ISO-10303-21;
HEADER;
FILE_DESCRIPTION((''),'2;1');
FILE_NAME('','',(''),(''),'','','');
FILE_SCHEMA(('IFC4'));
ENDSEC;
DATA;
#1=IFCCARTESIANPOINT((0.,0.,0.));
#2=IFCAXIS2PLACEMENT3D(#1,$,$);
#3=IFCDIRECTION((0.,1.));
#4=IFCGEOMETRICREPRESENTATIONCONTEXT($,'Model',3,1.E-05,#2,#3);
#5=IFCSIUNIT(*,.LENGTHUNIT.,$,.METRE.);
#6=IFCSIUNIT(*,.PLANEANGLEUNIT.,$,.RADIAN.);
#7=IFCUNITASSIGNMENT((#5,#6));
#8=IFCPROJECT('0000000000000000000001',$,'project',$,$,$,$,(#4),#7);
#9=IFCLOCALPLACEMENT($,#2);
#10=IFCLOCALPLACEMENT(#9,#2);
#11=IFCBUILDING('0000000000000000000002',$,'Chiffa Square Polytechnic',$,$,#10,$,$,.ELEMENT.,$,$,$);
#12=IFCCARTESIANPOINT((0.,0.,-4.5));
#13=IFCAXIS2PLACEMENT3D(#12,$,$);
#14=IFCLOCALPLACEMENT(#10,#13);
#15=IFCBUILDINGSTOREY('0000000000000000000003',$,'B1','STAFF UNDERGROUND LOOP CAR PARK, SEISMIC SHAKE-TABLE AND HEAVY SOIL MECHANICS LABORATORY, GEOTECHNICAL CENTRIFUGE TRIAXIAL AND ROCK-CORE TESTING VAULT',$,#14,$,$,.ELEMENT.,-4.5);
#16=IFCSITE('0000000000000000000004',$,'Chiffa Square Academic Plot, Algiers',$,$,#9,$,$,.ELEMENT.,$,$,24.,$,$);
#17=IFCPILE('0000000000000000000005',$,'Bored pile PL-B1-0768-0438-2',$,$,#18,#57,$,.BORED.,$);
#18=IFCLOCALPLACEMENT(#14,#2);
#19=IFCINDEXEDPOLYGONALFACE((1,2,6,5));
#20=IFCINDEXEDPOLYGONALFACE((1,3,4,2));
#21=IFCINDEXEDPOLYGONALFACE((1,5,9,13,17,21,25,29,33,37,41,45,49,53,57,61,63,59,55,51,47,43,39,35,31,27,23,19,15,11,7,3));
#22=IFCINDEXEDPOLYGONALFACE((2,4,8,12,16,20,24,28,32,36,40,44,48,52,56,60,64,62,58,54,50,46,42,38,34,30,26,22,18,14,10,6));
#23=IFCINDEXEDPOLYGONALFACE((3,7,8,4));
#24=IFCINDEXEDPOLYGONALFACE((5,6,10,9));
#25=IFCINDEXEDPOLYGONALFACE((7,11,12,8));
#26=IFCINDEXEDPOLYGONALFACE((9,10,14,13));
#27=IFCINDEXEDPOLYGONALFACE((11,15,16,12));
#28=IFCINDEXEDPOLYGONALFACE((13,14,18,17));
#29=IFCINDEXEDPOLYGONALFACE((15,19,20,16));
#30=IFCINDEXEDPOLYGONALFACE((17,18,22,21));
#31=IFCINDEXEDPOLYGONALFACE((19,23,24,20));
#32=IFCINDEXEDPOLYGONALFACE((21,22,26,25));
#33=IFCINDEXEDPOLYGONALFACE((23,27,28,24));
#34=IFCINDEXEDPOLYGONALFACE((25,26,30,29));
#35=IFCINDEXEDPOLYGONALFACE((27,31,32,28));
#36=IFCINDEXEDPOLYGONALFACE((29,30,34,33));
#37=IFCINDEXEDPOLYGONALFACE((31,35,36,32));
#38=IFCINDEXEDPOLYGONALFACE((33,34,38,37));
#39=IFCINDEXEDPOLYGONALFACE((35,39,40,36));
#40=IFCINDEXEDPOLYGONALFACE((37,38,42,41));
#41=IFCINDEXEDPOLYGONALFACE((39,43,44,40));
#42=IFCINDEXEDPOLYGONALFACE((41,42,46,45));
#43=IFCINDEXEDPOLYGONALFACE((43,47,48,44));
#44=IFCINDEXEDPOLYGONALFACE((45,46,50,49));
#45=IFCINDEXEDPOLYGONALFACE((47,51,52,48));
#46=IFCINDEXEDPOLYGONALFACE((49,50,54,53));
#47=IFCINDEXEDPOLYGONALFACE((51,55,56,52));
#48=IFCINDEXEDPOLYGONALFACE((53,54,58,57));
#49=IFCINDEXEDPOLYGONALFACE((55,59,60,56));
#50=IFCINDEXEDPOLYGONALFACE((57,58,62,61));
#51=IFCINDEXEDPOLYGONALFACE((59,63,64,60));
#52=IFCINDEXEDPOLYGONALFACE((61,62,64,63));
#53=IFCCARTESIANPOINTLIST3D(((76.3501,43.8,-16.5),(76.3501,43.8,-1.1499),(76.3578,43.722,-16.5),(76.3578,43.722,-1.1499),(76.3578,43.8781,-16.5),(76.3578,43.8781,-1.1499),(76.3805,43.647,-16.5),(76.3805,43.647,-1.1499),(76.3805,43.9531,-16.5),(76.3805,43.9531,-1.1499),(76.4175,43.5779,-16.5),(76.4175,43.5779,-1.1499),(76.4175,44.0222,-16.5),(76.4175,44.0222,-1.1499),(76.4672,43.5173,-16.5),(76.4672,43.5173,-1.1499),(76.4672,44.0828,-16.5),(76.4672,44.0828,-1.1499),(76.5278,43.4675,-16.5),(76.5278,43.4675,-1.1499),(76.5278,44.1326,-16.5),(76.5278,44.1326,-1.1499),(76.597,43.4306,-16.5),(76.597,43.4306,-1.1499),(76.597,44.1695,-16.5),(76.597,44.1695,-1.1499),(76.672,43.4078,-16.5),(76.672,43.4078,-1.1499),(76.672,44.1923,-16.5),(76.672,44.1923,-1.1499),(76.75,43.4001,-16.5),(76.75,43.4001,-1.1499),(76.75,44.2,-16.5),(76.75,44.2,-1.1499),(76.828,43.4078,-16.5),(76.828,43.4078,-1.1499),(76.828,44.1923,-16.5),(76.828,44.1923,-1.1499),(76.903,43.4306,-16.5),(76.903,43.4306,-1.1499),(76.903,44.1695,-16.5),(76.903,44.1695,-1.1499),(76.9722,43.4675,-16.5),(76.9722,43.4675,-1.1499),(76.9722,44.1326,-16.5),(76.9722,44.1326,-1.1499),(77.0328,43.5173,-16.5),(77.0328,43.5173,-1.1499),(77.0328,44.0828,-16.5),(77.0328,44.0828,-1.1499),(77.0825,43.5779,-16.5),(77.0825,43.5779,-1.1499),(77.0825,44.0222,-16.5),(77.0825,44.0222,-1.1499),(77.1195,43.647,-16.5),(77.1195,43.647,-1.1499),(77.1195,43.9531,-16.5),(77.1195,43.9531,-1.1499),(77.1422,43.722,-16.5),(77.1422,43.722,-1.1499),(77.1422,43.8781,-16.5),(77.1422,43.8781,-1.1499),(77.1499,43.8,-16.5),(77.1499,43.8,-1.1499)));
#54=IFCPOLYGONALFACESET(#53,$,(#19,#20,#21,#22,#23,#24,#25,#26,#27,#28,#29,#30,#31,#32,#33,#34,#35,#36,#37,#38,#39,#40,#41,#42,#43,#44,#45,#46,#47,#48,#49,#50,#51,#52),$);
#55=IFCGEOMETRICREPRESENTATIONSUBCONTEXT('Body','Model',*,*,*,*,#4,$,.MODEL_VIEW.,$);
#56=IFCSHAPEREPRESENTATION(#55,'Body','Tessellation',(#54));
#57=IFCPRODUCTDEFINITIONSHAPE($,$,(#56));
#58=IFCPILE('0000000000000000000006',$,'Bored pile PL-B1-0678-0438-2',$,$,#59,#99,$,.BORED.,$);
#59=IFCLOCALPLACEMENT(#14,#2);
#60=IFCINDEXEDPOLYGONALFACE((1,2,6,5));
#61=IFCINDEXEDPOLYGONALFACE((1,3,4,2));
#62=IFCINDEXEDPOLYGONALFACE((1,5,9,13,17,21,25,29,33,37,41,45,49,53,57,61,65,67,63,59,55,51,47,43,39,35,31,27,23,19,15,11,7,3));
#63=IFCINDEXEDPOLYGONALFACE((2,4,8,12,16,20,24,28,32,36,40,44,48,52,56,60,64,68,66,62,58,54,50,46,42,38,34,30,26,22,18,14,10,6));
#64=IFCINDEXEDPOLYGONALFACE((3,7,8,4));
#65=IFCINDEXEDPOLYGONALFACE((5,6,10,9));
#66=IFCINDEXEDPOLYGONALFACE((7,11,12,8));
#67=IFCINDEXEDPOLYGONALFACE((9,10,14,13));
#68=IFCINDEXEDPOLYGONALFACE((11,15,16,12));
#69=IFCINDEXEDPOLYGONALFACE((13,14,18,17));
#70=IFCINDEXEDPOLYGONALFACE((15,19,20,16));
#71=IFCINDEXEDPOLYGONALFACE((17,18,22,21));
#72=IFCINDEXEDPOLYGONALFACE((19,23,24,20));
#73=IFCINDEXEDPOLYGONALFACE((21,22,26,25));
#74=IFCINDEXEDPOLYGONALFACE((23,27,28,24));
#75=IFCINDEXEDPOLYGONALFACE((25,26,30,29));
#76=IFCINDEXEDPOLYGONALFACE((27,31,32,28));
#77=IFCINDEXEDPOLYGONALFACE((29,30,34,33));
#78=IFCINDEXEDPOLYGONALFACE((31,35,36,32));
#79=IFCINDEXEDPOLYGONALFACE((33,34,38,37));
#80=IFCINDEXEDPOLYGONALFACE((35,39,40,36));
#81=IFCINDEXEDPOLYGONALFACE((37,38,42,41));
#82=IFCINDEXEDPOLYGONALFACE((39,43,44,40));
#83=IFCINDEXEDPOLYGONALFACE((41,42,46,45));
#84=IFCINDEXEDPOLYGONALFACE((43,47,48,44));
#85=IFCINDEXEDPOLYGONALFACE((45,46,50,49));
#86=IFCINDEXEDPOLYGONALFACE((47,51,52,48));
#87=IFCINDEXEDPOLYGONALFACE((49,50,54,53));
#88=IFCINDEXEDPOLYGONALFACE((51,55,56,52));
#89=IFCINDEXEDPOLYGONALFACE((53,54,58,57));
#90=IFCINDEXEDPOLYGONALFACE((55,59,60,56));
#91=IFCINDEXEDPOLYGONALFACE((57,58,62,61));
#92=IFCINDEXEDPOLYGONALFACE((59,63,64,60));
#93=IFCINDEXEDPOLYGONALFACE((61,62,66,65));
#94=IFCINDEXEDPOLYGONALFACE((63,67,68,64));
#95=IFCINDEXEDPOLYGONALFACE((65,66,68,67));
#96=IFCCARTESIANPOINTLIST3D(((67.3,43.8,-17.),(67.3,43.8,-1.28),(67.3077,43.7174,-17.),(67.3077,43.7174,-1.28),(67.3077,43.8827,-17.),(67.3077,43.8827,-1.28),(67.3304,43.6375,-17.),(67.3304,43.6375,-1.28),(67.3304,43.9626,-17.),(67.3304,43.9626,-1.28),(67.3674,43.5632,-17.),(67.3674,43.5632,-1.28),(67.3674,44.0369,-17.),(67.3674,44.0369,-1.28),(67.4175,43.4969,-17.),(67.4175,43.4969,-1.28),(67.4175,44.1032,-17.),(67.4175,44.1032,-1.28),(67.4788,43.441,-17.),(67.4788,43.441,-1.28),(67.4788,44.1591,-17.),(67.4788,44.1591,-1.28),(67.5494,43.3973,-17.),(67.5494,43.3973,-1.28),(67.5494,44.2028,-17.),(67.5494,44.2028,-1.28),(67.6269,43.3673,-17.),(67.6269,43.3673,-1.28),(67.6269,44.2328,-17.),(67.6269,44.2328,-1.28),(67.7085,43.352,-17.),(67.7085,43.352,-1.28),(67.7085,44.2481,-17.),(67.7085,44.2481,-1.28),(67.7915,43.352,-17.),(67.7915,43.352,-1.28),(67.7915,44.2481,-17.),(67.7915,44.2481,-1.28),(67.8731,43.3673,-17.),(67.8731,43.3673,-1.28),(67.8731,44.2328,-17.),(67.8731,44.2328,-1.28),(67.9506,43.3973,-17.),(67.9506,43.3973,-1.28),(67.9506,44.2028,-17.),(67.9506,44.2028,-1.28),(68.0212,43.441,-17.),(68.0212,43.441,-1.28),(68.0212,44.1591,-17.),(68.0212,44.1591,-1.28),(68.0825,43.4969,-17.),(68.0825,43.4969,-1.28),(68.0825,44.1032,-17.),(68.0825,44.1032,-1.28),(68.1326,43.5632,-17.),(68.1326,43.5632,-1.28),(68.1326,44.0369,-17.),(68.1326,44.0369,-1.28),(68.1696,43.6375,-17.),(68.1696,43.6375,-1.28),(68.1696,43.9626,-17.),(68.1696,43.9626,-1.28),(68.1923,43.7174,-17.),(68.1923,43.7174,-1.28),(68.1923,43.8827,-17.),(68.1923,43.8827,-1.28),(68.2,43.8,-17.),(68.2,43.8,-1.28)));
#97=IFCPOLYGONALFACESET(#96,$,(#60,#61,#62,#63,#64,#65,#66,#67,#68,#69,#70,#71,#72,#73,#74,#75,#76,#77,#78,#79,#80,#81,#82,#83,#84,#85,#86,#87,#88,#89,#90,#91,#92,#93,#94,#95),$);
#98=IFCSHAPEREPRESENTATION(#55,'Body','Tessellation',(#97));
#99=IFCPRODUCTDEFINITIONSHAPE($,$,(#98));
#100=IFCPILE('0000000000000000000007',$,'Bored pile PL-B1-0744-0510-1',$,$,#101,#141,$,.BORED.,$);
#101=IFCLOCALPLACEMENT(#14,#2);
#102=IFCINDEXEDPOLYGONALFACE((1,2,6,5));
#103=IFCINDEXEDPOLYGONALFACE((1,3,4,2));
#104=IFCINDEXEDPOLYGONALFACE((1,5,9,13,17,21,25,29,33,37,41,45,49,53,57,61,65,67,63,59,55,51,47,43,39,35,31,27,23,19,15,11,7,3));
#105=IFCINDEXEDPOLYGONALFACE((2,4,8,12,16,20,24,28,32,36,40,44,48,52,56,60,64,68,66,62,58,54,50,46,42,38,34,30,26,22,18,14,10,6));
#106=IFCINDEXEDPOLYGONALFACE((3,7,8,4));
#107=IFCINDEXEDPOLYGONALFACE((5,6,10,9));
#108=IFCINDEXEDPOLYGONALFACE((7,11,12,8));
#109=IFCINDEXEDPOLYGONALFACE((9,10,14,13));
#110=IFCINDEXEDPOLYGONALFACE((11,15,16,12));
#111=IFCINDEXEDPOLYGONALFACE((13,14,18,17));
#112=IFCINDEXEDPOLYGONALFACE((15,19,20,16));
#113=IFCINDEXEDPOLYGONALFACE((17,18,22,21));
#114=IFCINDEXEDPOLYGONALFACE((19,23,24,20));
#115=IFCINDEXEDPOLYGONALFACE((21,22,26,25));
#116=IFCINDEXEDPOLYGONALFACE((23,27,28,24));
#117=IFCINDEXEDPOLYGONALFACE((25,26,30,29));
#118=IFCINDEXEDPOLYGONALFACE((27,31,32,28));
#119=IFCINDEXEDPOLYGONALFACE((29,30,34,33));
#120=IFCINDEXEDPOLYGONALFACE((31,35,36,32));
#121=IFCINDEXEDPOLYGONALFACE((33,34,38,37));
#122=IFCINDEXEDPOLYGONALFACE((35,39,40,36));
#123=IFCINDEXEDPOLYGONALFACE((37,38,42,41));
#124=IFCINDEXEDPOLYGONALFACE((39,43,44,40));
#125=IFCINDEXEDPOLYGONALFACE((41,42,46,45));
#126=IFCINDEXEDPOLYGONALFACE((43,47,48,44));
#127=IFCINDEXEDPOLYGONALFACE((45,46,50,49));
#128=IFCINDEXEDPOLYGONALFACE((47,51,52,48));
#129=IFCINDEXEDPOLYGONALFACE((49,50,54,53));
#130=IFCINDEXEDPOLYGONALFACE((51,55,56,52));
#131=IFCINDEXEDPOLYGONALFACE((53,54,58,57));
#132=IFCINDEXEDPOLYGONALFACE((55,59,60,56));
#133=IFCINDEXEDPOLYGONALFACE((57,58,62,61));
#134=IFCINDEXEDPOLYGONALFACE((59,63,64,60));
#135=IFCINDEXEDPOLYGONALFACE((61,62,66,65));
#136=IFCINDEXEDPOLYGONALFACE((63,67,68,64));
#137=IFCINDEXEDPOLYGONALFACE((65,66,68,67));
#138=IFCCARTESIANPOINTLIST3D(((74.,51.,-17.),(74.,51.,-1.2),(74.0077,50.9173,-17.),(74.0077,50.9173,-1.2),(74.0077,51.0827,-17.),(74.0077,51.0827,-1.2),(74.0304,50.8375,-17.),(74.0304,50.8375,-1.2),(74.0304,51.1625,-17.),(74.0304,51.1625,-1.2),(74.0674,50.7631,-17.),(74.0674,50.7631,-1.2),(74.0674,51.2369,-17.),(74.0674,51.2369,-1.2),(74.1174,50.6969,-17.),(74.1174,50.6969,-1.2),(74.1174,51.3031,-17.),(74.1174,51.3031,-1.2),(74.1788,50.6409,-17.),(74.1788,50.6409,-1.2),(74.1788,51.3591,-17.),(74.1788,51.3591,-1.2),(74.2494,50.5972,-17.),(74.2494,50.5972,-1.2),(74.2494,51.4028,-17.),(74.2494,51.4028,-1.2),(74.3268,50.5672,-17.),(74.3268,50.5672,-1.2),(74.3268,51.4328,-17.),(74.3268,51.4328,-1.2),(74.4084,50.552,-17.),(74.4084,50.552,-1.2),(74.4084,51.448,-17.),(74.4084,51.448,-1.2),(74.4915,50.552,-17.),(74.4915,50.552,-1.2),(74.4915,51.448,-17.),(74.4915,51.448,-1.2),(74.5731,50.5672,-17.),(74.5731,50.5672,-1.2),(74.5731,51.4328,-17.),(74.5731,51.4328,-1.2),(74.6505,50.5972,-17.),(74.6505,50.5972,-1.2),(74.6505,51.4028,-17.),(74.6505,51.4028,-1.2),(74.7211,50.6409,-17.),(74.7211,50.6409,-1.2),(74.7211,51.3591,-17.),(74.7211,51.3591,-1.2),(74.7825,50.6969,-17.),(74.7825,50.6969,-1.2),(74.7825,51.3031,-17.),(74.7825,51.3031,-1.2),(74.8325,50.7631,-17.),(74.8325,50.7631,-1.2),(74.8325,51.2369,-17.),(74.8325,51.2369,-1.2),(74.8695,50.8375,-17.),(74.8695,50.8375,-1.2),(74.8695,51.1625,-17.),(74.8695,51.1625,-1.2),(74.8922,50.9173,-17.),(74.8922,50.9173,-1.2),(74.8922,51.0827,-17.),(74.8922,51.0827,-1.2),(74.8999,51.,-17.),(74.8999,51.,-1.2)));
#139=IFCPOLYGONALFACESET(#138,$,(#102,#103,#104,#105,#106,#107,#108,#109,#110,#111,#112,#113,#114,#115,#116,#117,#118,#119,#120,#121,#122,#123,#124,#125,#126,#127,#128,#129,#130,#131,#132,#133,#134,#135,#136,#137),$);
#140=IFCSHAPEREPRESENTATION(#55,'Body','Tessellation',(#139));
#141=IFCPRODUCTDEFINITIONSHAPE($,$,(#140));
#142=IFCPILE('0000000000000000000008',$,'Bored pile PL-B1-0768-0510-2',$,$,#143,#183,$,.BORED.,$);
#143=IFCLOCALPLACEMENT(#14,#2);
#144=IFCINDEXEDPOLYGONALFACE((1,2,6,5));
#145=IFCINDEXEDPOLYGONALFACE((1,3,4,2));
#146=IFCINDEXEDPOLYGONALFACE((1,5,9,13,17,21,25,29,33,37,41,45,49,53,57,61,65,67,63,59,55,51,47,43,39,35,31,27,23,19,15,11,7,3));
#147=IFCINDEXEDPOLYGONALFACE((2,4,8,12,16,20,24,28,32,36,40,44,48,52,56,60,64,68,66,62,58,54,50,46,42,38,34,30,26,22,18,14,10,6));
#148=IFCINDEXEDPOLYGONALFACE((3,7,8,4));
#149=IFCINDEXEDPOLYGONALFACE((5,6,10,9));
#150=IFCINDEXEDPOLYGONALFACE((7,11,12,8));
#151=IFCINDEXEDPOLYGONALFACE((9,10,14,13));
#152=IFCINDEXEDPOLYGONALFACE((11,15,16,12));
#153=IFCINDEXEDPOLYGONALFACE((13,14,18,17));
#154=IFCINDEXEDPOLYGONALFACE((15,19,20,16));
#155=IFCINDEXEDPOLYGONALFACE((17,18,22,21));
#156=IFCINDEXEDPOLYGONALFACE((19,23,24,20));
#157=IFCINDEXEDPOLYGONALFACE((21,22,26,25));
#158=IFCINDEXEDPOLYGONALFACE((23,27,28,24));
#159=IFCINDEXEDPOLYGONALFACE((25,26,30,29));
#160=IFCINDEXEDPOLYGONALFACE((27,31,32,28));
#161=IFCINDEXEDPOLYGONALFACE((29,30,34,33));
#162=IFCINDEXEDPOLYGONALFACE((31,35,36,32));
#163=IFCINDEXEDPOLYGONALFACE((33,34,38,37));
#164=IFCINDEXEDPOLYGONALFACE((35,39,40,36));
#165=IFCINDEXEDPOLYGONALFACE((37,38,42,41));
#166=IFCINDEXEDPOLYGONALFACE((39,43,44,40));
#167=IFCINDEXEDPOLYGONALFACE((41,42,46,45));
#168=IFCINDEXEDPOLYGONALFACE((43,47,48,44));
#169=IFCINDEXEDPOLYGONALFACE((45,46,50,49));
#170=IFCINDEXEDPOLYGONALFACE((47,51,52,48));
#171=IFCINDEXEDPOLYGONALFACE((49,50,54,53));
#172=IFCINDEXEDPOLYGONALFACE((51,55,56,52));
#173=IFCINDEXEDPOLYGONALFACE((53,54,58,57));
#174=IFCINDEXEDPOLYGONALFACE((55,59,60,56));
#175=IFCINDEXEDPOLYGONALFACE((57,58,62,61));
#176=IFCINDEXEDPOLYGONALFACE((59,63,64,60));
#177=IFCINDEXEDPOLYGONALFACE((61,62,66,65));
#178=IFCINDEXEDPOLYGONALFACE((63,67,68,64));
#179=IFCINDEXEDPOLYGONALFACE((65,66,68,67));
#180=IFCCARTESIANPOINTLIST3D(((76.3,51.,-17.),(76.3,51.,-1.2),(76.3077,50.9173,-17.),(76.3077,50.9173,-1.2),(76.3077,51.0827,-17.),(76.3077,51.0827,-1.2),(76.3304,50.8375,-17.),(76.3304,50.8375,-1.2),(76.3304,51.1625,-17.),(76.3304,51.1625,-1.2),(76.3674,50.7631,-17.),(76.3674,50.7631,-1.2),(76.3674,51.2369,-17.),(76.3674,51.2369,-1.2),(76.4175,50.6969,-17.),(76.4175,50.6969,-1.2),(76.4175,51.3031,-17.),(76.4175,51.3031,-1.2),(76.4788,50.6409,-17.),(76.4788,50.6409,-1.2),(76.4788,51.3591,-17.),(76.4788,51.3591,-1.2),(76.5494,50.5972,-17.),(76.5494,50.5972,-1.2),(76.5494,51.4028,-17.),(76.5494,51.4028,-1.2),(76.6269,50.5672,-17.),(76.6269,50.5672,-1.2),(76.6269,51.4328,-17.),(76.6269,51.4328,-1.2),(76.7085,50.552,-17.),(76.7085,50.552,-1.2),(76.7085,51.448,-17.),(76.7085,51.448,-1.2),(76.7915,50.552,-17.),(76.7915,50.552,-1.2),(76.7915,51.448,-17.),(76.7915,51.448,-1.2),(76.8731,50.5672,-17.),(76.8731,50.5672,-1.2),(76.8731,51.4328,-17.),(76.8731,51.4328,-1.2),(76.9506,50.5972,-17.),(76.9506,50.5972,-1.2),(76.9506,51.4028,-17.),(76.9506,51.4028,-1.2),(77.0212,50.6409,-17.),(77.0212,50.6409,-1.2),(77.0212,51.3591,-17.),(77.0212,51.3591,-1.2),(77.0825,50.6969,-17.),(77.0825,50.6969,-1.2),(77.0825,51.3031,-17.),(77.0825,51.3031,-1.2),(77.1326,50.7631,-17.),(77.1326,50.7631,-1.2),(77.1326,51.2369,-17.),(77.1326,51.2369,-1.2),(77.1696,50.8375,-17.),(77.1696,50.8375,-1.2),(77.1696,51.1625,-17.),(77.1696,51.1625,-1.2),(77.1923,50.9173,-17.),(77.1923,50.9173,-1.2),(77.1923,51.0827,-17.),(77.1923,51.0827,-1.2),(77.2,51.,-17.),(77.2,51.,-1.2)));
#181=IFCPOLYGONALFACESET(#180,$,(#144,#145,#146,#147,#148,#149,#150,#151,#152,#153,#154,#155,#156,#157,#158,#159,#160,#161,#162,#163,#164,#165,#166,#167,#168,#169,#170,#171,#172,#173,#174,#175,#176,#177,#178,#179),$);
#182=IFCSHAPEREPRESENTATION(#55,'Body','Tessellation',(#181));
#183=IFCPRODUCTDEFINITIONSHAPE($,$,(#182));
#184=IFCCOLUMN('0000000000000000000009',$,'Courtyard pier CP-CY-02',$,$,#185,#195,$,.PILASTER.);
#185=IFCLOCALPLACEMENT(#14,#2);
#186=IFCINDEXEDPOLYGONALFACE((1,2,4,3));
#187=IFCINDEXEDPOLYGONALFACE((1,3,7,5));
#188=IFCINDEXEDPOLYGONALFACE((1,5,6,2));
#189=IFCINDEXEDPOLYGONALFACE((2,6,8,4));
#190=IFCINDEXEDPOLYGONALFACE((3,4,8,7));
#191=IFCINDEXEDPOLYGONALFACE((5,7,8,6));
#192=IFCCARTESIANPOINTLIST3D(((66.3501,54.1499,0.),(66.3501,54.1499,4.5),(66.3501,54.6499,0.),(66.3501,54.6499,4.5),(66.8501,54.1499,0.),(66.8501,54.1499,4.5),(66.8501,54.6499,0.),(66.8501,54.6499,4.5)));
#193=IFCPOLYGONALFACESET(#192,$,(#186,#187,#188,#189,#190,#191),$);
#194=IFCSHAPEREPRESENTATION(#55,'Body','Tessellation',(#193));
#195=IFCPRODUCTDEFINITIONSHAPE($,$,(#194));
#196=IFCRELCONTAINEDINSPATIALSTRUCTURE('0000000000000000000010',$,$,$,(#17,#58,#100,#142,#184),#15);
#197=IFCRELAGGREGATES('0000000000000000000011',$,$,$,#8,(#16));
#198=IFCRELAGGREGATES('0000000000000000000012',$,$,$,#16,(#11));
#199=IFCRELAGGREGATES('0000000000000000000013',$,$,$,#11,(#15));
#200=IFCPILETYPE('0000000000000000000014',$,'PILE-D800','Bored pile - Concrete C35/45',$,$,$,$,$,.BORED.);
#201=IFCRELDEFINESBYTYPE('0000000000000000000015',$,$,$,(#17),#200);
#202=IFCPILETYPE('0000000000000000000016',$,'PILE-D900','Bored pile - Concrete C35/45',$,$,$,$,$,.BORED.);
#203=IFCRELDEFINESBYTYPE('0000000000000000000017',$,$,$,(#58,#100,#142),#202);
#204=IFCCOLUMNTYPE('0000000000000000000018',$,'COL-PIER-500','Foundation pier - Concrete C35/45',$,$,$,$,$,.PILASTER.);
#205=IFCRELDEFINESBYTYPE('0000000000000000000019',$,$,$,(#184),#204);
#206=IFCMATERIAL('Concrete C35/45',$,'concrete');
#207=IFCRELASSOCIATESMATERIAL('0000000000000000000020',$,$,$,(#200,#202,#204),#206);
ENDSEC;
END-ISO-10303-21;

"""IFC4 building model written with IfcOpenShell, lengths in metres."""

from ifc_helpers import new_model, si_unit, direction, frame, origin, origin_2d, place, context, subcontext, project, spatial, rectangle, circle, extrude, material, material_profile, profile_set, type_object, element, save


model = new_model("IFC4")

# Units and contexts
model_context = context("Model", 3, precision=1e-05, world=origin(), true_north=direction((0.0, 1.0)))
body_context = subcontext(model_context, "Body", "Model", "MODEL_VIEW")
ifc_project = project(units=[si_unit("LENGTHUNIT", "METRE"), si_unit("PLANEANGLEUNIT", "RADIAN")], contexts=[model_context])

# Site, building, storey
site_placement = place(None, origin())
site = spatial("IfcSite", under=ifc_project, at=site_placement, Name="Chiffa Square Academic Plot, Algiers", CompositionType="ELEMENT", RefElevation=24.0)
building_placement = place(site_placement, origin())
building = spatial("IfcBuilding", under=site, at=building_placement, Name="Chiffa Square Polytechnic", CompositionType="ELEMENT")
storey_placement = place(building_placement, frame((0.0, 0.0, -4.5)))
storey = spatial("IfcBuildingStorey", under=building, at=storey_placement, Name="B1", Description="STAFF UNDERGROUND LOOP CAR PARK, SEISMIC SHAKE-TABLE AND HEAVY SOIL MECHANICS LABORATORY, GEOTECHNICAL CENTRIFUGE TRIAXIAL AND ROCK-CORE TESTING VAULT", CompositionType="ELEMENT", Elevation=-4.5)

# Shared definitions
ifc_material = material(Name="Concrete C35/45", Category="concrete")

# Piles
ifc_material_profile_1 = material_profile(ifc_material, circle(Radius=0.3999, at=origin_2d()), Name="PILE D800")
ifc_profile_set_1 = profile_set([ifc_material_profile_1], Name="Concrete C35/45")
pile_type_1 = type_object("IfcPileType", Name="PILE-D800", Description="Bored pile - Concrete C35/45", PredefinedType="BORED", material=ifc_profile_set_1)
for number, where, z_axis, x_axis, name in (
    (1, (76.75, 43.8, -1.1499), (0.0, 0.0, -1.0), (1.0, 0.0, 0.0), "Bored pile PL-B1-0768-0438-2"),
):
    element("IfcPile", number, at=place(storey_placement, frame(where, z_axis=z_axis, x_axis=x_axis)), inside=storey, type_object=pile_type_1, Name=name, PredefinedType="BORED", context=body_context, shape_type="SweptSolid", body=[
        extrude(circle(Radius=0.3999, at=origin_2d()), origin(), (0.0, 0.0, 1.0), 15.3501),
    ])
ifc_material_profile_2 = material_profile(ifc_material, circle(Radius=0.45, at=origin_2d()), Name="PILE D900")
ifc_profile_set_2 = profile_set([ifc_material_profile_2], Name="Concrete C35/45")
pile_type_2 = type_object("IfcPileType", Name="PILE-D900", Description="Bored pile - Concrete C35/45", PredefinedType="BORED", material=ifc_profile_set_2)
pile_1_placement = place(storey_placement, frame((67.75, 43.8, -1.28), z_axis=(0.0, 0.0, -1.0), x_axis=(1.0, 0.0, 0.0)))
element("IfcPile", 2, at=pile_1_placement, inside=storey, type_object=pile_type_2, Name="Bored pile PL-B1-0678-0438-2", PredefinedType="BORED", context=body_context, shape_type="SweptSolid", body=[
    extrude(circle(Radius=0.45, at=origin_2d()), origin(), (0.0, 0.0, 1.0), 15.72),
])
for number, where, z_axis, x_axis, name in (
    (3, (74.45, 51.0, -1.2), (0.0, 0.0, -1.0), (1.0, 0.0, 0.0), "Bored pile PL-B1-0744-0510-1"),
    (4, (76.75, 51.0, -1.2), (0.0, 0.0, -1.0), (1.0, 0.0, 0.0), "Bored pile PL-B1-0768-0510-2"),
):
    element("IfcPile", number, at=place(storey_placement, frame(where, z_axis=z_axis, x_axis=x_axis)), inside=storey, type_object=pile_type_2, Name=name, PredefinedType="BORED", context=body_context, shape_type="SweptSolid", body=[
        extrude(circle(Radius=0.45, at=origin_2d()), origin(), (0.0, 0.0, 1.0), 15.8),
    ])

# Column
ifc_material_profile_3 = material_profile(ifc_material, rectangle(XDim=0.5, YDim=0.5, at=origin_2d()), Name="RC 500x500")
ifc_profile_set_3 = profile_set([ifc_material_profile_3], Name="Concrete C35/45")
column_type_1 = type_object("IfcColumnType", Name="COL-PIER-500", Description="Foundation pier - Concrete C35/45", PredefinedType="PILASTER", material=ifc_profile_set_3)
for number, where, z_axis, x_axis, name in (
    (5, (66.6001, 54.3999, 0.0), (0.0, 0.0, 1.0), (1.0, 0.0, 0.0), "Courtyard pier CP-CY-02"),
):
    element("IfcColumn", number, at=place(storey_placement, frame(where, z_axis=z_axis, x_axis=x_axis)), inside=storey, type_object=column_type_1, Name=name, PredefinedType="PILASTER", context=body_context, shape_type="SweptSolid", body=[
        extrude(rectangle(XDim=0.5, YDim=0.5, at=origin_2d()), origin(), (0.0, 0.0, 1.0), 4.5),
    ])

save(model, "model.ifc")
